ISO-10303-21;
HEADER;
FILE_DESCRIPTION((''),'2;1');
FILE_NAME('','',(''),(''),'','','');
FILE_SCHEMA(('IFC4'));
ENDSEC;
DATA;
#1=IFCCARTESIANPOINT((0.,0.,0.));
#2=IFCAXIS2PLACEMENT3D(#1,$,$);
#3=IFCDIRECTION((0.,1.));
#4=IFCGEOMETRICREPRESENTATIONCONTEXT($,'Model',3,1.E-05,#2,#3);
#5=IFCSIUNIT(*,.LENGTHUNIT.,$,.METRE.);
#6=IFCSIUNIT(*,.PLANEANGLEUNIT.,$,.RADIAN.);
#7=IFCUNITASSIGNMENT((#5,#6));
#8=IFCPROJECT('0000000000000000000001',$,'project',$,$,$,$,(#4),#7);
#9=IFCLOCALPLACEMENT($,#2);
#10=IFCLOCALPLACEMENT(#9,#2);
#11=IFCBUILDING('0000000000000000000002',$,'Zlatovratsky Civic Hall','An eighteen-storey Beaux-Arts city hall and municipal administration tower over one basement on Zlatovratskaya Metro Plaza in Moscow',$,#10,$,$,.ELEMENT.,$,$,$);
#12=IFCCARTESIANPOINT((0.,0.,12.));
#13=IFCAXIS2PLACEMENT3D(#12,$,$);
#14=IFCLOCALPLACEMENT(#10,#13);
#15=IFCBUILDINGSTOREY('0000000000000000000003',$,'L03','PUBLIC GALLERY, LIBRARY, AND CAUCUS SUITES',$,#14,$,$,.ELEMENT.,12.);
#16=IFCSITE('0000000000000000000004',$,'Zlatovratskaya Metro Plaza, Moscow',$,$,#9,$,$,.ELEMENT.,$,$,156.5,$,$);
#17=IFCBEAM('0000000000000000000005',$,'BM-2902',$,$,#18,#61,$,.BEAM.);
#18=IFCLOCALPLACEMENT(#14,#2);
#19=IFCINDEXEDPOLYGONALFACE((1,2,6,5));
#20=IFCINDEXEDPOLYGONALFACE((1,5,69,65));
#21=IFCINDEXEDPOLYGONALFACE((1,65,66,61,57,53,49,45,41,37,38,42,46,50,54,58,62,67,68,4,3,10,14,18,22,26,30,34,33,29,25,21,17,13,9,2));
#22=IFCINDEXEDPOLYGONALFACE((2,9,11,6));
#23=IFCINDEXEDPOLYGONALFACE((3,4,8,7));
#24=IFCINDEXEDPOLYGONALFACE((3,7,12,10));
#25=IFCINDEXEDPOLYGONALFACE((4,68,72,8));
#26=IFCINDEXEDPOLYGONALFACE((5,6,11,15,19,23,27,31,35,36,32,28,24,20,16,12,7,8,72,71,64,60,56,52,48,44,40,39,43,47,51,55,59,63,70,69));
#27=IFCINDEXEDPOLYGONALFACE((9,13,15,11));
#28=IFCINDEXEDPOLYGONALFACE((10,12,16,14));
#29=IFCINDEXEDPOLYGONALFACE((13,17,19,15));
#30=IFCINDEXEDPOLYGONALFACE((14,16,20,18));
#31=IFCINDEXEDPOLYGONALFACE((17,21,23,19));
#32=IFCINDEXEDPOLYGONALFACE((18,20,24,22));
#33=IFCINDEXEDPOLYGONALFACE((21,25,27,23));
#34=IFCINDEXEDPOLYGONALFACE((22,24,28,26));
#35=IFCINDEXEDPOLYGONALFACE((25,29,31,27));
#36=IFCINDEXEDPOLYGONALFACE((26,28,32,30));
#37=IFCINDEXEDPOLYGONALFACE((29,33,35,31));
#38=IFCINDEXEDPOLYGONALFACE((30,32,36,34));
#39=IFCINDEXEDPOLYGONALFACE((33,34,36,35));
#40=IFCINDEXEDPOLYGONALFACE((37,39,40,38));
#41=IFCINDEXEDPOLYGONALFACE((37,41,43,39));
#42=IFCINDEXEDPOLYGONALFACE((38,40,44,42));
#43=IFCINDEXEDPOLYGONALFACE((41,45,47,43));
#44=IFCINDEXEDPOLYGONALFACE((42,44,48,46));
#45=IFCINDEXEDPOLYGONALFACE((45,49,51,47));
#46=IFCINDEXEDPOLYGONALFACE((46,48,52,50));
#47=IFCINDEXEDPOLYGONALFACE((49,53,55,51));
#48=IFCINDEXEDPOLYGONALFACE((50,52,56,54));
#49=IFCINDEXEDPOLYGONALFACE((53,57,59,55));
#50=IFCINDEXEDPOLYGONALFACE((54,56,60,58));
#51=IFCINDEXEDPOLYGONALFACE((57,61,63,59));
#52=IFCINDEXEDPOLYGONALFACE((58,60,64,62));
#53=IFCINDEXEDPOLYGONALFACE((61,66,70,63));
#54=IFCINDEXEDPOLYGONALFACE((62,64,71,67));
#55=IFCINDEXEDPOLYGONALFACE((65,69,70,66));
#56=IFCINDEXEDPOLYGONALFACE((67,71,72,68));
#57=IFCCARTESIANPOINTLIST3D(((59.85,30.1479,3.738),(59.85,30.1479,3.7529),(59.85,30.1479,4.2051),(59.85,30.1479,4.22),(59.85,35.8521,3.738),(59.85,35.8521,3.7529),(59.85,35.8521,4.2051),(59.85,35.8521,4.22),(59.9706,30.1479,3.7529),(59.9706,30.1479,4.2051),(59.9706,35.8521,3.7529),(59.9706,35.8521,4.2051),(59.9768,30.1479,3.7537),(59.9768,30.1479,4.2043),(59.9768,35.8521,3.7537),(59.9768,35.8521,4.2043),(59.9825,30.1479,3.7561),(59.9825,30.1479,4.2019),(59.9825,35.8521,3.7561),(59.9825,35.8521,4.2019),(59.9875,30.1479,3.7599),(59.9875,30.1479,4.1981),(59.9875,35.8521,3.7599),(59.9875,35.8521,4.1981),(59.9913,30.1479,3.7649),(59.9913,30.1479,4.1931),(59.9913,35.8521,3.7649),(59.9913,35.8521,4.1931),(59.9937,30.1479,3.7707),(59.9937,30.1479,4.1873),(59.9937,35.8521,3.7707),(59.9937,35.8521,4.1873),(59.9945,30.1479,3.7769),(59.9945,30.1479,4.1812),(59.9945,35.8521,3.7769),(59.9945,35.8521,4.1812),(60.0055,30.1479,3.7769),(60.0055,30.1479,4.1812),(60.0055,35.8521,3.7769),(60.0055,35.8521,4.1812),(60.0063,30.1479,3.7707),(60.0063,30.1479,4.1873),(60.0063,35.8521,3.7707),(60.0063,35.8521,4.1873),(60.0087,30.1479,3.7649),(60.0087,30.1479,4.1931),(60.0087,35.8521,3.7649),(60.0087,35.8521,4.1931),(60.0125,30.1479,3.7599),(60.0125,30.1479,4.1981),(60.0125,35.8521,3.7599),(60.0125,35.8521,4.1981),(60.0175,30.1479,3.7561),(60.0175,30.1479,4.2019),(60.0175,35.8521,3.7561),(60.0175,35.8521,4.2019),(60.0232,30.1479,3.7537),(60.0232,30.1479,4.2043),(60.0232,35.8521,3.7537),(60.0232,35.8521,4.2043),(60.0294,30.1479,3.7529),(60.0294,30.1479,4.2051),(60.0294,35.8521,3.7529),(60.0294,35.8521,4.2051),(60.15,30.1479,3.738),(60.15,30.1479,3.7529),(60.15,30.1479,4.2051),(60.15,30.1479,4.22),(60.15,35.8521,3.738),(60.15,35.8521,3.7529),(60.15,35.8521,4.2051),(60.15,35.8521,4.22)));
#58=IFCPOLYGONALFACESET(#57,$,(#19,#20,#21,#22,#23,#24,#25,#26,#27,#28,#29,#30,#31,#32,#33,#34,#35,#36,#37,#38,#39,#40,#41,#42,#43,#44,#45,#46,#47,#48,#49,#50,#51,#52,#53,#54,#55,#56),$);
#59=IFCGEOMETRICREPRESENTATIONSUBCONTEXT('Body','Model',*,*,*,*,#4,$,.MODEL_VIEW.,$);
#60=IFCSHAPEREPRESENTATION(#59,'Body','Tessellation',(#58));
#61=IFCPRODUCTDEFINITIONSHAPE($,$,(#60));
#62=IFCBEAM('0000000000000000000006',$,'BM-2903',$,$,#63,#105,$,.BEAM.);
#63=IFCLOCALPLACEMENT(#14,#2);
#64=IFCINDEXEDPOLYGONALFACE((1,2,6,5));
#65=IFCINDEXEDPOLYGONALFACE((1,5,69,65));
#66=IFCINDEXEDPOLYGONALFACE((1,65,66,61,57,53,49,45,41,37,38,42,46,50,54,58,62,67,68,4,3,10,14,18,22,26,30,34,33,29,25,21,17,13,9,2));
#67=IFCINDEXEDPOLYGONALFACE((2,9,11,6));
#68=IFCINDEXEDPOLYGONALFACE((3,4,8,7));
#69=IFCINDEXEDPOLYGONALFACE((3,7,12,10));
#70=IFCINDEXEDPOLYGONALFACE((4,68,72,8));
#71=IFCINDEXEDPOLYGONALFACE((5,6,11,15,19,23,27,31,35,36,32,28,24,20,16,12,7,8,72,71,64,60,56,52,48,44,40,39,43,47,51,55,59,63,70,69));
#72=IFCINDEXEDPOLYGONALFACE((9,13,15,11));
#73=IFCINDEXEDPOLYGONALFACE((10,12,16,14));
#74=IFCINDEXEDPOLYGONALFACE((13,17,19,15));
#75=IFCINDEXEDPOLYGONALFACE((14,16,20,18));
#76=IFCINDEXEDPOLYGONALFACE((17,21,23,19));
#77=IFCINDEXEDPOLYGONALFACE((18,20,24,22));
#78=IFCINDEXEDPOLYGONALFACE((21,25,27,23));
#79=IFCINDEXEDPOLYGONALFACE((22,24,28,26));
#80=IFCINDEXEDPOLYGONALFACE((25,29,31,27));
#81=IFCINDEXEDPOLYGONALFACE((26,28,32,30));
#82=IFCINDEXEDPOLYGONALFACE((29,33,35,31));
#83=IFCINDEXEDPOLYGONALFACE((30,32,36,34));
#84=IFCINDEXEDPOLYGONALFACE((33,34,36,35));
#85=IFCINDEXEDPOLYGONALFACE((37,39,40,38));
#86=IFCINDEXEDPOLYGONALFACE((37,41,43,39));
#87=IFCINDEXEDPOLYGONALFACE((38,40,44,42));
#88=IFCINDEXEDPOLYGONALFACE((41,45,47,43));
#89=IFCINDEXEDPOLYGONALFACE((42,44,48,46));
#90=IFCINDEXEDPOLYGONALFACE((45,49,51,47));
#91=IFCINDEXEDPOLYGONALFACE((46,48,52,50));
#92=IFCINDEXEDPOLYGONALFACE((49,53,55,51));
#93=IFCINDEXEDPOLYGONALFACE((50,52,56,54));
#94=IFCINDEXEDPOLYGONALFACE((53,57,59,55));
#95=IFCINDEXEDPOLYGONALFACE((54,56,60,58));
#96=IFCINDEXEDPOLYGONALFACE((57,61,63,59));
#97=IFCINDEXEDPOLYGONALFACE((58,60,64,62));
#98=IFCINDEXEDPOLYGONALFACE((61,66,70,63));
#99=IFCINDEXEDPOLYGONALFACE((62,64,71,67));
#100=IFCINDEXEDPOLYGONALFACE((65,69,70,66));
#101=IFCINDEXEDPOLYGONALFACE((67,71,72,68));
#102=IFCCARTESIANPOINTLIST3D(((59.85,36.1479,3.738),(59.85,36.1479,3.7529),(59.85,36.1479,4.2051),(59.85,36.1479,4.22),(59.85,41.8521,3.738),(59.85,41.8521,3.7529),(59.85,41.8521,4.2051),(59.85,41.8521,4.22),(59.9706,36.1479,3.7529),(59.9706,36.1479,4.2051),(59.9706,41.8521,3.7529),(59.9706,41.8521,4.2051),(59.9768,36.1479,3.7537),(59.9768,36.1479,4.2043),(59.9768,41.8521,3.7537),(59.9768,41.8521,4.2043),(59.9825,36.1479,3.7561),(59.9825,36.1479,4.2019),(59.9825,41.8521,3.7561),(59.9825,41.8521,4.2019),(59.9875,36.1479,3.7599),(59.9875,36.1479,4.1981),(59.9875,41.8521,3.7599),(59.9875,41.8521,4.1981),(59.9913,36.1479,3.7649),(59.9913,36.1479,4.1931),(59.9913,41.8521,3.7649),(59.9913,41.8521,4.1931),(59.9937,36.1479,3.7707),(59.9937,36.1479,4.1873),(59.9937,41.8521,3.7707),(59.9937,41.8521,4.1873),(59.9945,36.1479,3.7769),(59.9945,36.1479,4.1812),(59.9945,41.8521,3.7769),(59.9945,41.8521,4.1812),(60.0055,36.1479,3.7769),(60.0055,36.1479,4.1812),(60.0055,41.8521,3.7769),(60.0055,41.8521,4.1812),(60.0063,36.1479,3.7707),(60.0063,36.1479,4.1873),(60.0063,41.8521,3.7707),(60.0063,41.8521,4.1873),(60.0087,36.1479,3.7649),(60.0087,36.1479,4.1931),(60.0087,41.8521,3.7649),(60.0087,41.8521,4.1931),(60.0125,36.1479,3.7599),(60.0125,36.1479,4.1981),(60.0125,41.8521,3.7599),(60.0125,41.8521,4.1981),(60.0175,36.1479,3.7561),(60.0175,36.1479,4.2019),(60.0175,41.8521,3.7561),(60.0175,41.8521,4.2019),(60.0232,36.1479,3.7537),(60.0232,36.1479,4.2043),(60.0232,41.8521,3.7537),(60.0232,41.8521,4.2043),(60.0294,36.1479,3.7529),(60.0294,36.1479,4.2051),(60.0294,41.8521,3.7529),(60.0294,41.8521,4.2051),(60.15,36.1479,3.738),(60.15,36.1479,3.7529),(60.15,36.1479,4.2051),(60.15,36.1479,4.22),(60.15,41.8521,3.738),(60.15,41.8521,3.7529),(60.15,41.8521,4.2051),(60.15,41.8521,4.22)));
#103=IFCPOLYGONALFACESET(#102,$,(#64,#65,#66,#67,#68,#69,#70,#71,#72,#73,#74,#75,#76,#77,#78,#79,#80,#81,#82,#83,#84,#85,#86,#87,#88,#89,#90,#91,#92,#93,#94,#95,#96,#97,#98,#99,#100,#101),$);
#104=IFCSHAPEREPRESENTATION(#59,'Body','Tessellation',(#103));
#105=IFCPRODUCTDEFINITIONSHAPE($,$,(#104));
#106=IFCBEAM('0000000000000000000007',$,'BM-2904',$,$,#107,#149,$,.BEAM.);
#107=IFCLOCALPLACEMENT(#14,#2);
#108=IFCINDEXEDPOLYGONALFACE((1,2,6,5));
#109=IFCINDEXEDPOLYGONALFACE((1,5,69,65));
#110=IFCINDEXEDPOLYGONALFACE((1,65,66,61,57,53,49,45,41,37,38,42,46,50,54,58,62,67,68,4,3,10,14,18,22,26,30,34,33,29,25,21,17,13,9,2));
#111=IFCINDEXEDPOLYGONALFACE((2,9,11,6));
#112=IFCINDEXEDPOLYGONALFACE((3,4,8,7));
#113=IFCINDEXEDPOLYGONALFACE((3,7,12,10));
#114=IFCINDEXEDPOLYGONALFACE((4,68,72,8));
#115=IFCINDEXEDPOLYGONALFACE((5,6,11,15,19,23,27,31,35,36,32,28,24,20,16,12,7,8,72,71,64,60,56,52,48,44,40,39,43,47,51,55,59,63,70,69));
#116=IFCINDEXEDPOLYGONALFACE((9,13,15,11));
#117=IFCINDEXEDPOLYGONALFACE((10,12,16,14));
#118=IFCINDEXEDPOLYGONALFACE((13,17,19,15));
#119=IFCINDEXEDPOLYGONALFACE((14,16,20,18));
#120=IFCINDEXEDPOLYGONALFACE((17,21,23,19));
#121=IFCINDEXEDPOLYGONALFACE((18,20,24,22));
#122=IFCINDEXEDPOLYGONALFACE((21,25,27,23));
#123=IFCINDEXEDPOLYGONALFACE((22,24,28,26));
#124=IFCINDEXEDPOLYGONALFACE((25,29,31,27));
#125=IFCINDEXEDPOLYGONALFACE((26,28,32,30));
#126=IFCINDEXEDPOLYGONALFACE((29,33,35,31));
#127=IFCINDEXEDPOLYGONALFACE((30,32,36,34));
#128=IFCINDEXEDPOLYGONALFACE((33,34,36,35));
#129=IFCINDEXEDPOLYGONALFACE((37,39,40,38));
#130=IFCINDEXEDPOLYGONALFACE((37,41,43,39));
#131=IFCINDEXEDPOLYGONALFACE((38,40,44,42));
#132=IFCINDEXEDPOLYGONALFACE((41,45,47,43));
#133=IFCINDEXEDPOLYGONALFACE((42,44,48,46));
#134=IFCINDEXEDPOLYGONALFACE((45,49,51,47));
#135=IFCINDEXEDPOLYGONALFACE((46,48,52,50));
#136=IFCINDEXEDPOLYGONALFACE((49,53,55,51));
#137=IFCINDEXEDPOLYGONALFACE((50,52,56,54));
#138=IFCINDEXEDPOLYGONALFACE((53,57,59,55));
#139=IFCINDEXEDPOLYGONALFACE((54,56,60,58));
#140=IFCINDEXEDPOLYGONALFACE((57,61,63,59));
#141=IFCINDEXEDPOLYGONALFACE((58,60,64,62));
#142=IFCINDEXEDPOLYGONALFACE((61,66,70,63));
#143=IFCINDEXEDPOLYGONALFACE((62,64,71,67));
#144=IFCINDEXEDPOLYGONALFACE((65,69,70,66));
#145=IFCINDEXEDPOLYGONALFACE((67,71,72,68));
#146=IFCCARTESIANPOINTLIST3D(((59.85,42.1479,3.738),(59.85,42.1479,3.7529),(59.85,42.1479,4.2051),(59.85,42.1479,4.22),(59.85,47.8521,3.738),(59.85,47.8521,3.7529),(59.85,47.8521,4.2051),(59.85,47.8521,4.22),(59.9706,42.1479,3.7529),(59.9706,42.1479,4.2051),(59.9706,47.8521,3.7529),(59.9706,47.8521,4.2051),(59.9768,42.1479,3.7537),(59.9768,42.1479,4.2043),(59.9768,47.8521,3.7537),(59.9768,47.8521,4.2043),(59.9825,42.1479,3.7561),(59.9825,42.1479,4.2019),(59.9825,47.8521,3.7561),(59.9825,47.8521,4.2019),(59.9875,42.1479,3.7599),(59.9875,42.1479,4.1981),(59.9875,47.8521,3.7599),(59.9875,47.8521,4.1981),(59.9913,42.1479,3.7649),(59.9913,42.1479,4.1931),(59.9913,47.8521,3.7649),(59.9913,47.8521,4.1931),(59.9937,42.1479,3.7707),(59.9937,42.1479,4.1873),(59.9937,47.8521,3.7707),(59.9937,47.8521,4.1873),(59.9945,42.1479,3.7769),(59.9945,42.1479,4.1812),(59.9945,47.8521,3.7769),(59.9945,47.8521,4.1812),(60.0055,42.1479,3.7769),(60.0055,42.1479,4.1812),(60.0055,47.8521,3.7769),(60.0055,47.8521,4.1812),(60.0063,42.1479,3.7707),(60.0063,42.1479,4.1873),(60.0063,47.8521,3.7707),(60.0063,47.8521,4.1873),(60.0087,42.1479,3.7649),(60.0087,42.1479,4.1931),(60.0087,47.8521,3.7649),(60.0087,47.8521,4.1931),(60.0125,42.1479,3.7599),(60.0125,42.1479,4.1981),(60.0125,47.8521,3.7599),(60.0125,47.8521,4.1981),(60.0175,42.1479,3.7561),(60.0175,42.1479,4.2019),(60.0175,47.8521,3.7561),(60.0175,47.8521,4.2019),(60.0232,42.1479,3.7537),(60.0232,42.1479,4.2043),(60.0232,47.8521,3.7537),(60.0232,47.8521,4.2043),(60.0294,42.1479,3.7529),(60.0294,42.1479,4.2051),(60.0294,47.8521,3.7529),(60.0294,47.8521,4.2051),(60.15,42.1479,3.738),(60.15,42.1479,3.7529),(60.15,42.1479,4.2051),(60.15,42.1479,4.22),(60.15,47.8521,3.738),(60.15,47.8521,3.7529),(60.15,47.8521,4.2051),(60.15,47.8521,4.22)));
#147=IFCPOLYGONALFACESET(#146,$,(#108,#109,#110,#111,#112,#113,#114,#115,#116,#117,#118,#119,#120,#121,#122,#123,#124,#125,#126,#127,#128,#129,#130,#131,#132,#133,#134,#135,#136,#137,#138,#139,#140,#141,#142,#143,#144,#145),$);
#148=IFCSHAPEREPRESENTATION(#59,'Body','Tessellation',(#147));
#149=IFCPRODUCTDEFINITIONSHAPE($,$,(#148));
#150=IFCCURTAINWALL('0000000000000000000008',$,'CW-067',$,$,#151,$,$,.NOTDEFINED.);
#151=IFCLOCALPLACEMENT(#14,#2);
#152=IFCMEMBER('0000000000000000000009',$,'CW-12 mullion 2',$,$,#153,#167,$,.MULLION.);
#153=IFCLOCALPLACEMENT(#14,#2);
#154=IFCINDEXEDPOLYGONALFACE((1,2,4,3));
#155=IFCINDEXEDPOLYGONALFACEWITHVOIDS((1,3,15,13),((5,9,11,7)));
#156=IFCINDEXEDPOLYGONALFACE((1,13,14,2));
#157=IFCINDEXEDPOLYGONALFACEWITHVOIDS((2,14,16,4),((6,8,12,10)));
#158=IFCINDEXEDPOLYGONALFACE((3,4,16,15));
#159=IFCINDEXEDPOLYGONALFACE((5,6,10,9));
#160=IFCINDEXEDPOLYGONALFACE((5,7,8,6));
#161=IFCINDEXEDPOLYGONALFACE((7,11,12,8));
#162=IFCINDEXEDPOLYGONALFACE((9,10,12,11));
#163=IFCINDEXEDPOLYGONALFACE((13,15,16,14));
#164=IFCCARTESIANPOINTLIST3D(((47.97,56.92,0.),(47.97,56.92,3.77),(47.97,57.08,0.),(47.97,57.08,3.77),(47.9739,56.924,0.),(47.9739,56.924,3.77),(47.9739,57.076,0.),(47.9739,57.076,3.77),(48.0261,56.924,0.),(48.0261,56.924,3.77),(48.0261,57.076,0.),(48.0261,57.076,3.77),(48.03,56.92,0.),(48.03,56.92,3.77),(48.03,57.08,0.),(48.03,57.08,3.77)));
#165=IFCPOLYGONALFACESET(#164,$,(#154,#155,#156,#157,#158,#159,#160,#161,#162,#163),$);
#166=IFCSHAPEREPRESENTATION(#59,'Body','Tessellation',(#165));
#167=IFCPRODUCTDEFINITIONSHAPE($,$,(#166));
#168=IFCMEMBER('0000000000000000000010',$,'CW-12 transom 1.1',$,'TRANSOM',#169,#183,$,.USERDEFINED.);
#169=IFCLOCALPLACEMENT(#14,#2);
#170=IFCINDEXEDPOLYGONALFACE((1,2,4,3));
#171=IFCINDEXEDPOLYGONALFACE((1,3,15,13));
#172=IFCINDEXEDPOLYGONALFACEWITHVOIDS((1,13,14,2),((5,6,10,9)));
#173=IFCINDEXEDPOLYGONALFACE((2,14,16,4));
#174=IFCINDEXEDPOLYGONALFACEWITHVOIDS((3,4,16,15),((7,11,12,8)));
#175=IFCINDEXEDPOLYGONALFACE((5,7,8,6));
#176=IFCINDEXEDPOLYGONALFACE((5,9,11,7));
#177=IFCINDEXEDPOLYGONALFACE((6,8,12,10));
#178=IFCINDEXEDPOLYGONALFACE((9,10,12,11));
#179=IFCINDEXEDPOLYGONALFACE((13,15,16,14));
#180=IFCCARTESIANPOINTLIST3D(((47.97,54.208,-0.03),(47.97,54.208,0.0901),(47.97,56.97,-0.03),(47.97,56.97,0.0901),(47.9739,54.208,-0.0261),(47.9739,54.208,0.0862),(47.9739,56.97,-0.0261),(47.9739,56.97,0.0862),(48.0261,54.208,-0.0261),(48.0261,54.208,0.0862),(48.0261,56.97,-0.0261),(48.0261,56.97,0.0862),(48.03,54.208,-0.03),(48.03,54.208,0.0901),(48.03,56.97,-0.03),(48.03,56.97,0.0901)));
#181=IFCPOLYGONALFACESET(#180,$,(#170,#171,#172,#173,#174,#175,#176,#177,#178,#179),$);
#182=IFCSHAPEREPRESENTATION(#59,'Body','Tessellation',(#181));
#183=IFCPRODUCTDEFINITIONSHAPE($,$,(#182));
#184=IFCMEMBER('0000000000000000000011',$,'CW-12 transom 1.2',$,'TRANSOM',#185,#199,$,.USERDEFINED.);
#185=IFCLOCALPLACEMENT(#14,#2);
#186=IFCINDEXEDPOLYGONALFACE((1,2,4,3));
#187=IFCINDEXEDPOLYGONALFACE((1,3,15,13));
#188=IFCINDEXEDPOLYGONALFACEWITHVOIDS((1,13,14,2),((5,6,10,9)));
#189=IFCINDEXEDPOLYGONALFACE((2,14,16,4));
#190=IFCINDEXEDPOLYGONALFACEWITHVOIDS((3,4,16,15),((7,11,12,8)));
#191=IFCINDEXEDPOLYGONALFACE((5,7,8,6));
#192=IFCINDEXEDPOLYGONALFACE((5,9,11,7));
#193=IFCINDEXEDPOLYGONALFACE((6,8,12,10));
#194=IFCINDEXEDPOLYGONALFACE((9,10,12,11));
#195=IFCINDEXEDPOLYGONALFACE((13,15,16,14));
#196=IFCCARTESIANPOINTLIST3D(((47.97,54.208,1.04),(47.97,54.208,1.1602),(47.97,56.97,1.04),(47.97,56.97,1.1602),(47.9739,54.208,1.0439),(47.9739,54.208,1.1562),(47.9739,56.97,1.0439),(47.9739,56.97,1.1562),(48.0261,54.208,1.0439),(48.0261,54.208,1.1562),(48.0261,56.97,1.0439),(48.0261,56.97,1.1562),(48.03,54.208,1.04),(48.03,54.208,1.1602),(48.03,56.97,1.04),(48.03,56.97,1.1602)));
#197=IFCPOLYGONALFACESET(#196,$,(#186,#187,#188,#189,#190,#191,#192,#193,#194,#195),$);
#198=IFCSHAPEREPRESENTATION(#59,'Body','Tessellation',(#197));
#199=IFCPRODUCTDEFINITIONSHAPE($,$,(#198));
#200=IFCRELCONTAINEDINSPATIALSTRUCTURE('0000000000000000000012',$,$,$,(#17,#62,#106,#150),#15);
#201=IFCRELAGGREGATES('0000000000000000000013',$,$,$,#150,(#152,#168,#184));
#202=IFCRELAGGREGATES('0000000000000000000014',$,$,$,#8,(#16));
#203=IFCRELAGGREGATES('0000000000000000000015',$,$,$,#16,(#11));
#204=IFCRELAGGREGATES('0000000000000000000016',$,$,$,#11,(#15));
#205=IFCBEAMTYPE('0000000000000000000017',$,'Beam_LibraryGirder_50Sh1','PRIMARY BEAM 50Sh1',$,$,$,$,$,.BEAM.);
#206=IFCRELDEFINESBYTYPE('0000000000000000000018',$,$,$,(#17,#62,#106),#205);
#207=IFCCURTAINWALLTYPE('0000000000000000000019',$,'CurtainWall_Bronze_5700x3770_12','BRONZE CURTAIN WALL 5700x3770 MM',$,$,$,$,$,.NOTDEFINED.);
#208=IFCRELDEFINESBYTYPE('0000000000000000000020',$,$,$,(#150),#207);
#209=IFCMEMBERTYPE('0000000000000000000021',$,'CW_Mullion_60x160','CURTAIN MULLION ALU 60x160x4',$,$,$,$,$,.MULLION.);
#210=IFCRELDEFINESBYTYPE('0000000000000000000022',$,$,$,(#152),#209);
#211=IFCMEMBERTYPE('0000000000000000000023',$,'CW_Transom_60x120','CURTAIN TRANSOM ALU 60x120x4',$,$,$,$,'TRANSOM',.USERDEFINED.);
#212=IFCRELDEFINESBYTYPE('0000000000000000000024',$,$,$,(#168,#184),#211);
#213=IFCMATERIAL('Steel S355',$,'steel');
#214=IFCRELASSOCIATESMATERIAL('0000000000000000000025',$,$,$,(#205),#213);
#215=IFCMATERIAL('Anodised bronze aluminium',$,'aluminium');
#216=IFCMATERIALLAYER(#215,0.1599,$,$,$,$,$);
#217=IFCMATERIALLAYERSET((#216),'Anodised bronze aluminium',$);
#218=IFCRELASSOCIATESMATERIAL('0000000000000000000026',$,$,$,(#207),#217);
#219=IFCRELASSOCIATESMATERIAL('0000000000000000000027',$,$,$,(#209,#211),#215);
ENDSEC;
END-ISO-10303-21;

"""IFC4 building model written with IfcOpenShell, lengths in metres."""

from ifc_helpers import new_model, si_unit, direction, frame, origin, origin_2d, place, context, subcontext, project, spatial, hollow_rectangle, i_section, extrude, material, layer, layer_set, material_profile, profile_set, type_object, element, aggregate, save


model = new_model("IFC4")

# Units and contexts
model_context = context("Model", 3, precision=1e-05, world=origin(), true_north=direction((0.0, 1.0)))
body_context = subcontext(model_context, "Body", "Model", "MODEL_VIEW")
ifc_project = project(units=[si_unit("LENGTHUNIT", "METRE"), si_unit("PLANEANGLEUNIT", "RADIAN")], contexts=[model_context])

# Site, building, storey
site_placement = place(None, origin())
site = spatial("IfcSite", under=ifc_project, at=site_placement, Name="Zlatovratskaya Metro Plaza, Moscow", CompositionType="ELEMENT", RefElevation=156.5)
building_placement = place(site_placement, origin())
building = spatial("IfcBuilding", under=site, at=building_placement, Name="Zlatovratsky Civic Hall", Description="An eighteen-storey Beaux-Arts city hall and municipal administration tower over one basement on Zlatovratskaya Metro Plaza in Moscow", CompositionType="ELEMENT")
storey_placement = place(building_placement, frame((0.0, 0.0, 12.0)))
storey = spatial("IfcBuildingStorey", under=building, at=storey_placement, Name="L03", Description="PUBLIC GALLERY, LIBRARY, AND CAUCUS SUITES", CompositionType="ELEMENT", Elevation=12.0)

# Shared definitions
ifc_material_1 = material(Name="Steel S355", Category="steel")

# Beams
ifc_material_profile_1 = material_profile(ifc_material_1, i_section(OverallWidth=0.3, OverallDepth=0.4819, WebThickness=0.011, FlangeThickness=0.0149, FilletRadius=0.0239, at=origin_2d()), Name="50Sh1")
ifc_profile_set_1 = profile_set([ifc_material_profile_1], Name="Steel S355")
beam_type = type_object("IfcBeamType", Name="Beam_LibraryGirder_50Sh1", Description="PRIMARY BEAM 50Sh1", PredefinedType="BEAM", material=ifc_profile_set_1)
for number, where, z_axis, x_axis, name in (
    (1, (60.0, 30.1479, 3.979), (0.0, 1.0, 0.0), (-1.0, 0.0, 0.0), "BM-2902"),
    (2, (60.0, 36.1479, 3.979), (0.0, 1.0, 0.0), (-1.0, 0.0, 0.0), "BM-2903"),
    (3, (60.0, 42.1479, 3.979), (0.0, 1.0, 0.0), (-1.0, 0.0, 0.0), "BM-2904"),
):
    element("IfcBeam", number, at=place(storey_placement, frame(where, z_axis=z_axis, x_axis=x_axis)), inside=storey, type_object=beam_type, Name=name, PredefinedType="BEAM", context=body_context, shape_type="SweptSolid", body=[
        extrude(i_section(OverallWidth=0.3, OverallDepth=0.4819, WebThickness=0.011, FlangeThickness=0.0149, FilletRadius=0.0239, at=origin_2d()), origin(), (0.0, 0.0, 1.0), 5.7041),
    ])

# Curtain wall, members
ifc_material_2 = material(Name="Anodised bronze aluminium", Category="aluminium")
ifc_layer_1 = layer(ifc_material_2, 0.1599)
ifc_layer_set_1 = layer_set([ifc_layer_1], Name="Anodised bronze aluminium")
curtain_wall_type = type_object("IfcCurtainWallType", Name="CurtainWall_Bronze_5700x3770_12", Description="BRONZE CURTAIN WALL 5700x3770 MM", PredefinedType="NOTDEFINED", material=ifc_layer_set_1)
curtain_wall_placement = place(storey_placement, origin())
curtain_wall = element("IfcCurtainWall", 4, at=curtain_wall_placement, inside=storey, type_object=curtain_wall_type, Name="CW-067", PredefinedType="NOTDEFINED")
ifc_material_profile_2 = material_profile(ifc_material_2, hollow_rectangle(XDim=0.0601, YDim=0.1599, WallThickness=0.0039, at=origin_2d()), Name="ALU 60x160x4")
ifc_profile_set_2 = profile_set([ifc_material_profile_2], Name="Anodised bronze aluminium")
member_type_1 = type_object("IfcMemberType", Name="CW_Mullion_60x160", Description="CURTAIN MULLION ALU 60x160x4", PredefinedType="MULLION", material=ifc_profile_set_2)
member_1_placement = place(storey_placement, frame((48.0, 57.0, 0.0), z_axis=(0.0, 0.0, 1.0), x_axis=(-1.0, 0.0, 0.0)))
member_1 = element("IfcMember", 5, at=member_1_placement, type_object=member_type_1, Name="CW-12 mullion 2", PredefinedType="MULLION", context=body_context, shape_type="SweptSolid", body=[
    extrude(hollow_rectangle(XDim=0.0601, YDim=0.1599, WallThickness=0.0039, at=origin_2d()), origin(), (0.0, 0.0, 1.0), 3.77),
])
ifc_material_profile_3 = material_profile(ifc_material_2, hollow_rectangle(XDim=0.0601, YDim=0.1201, WallThickness=0.0039, at=origin_2d()), Name="ALU 60x120x4")
ifc_profile_set_3 = profile_set([ifc_material_profile_3], Name="Anodised bronze aluminium")
member_type_2 = type_object("IfcMemberType", Name="CW_Transom_60x120", Description="CURTAIN TRANSOM ALU 60x120x4", ElementType="TRANSOM", PredefinedType="USERDEFINED", material=ifc_profile_set_3)
member_2_placement = place(storey_placement, frame((48.0, 54.208, 0.03), z_axis=(0.0, 1.0, 0.0), x_axis=(-1.0, 0.0, 0.0)))
member_2 = element("IfcMember", 6, at=member_2_placement, type_object=member_type_2, Name="CW-12 transom 1.1", ObjectType="TRANSOM", PredefinedType="USERDEFINED", context=body_context, shape_type="SweptSolid", body=[
    extrude(hollow_rectangle(XDim=0.0601, YDim=0.1201, WallThickness=0.0039, at=origin_2d()), origin(), (0.0, 0.0, 1.0), 2.762),
])
member_3_placement = place(storey_placement, frame((48.0, 54.208, 1.1001), z_axis=(0.0, 1.0, 0.0), x_axis=(-1.0, 0.0, 0.0)))
member_3 = element("IfcMember", 7, at=member_3_placement, type_object=member_type_2, Name="CW-12 transom 1.2", ObjectType="TRANSOM", PredefinedType="USERDEFINED", context=body_context, shape_type="SweptSolid", body=[
    extrude(hollow_rectangle(XDim=0.0601, YDim=0.1201, WallThickness=0.0039, at=origin_2d()), origin(), (0.0, 0.0, 1.0), 2.762),
])
aggregate(curtain_wall, [member_1, member_2, member_3])

save(model, "model.ifc")
